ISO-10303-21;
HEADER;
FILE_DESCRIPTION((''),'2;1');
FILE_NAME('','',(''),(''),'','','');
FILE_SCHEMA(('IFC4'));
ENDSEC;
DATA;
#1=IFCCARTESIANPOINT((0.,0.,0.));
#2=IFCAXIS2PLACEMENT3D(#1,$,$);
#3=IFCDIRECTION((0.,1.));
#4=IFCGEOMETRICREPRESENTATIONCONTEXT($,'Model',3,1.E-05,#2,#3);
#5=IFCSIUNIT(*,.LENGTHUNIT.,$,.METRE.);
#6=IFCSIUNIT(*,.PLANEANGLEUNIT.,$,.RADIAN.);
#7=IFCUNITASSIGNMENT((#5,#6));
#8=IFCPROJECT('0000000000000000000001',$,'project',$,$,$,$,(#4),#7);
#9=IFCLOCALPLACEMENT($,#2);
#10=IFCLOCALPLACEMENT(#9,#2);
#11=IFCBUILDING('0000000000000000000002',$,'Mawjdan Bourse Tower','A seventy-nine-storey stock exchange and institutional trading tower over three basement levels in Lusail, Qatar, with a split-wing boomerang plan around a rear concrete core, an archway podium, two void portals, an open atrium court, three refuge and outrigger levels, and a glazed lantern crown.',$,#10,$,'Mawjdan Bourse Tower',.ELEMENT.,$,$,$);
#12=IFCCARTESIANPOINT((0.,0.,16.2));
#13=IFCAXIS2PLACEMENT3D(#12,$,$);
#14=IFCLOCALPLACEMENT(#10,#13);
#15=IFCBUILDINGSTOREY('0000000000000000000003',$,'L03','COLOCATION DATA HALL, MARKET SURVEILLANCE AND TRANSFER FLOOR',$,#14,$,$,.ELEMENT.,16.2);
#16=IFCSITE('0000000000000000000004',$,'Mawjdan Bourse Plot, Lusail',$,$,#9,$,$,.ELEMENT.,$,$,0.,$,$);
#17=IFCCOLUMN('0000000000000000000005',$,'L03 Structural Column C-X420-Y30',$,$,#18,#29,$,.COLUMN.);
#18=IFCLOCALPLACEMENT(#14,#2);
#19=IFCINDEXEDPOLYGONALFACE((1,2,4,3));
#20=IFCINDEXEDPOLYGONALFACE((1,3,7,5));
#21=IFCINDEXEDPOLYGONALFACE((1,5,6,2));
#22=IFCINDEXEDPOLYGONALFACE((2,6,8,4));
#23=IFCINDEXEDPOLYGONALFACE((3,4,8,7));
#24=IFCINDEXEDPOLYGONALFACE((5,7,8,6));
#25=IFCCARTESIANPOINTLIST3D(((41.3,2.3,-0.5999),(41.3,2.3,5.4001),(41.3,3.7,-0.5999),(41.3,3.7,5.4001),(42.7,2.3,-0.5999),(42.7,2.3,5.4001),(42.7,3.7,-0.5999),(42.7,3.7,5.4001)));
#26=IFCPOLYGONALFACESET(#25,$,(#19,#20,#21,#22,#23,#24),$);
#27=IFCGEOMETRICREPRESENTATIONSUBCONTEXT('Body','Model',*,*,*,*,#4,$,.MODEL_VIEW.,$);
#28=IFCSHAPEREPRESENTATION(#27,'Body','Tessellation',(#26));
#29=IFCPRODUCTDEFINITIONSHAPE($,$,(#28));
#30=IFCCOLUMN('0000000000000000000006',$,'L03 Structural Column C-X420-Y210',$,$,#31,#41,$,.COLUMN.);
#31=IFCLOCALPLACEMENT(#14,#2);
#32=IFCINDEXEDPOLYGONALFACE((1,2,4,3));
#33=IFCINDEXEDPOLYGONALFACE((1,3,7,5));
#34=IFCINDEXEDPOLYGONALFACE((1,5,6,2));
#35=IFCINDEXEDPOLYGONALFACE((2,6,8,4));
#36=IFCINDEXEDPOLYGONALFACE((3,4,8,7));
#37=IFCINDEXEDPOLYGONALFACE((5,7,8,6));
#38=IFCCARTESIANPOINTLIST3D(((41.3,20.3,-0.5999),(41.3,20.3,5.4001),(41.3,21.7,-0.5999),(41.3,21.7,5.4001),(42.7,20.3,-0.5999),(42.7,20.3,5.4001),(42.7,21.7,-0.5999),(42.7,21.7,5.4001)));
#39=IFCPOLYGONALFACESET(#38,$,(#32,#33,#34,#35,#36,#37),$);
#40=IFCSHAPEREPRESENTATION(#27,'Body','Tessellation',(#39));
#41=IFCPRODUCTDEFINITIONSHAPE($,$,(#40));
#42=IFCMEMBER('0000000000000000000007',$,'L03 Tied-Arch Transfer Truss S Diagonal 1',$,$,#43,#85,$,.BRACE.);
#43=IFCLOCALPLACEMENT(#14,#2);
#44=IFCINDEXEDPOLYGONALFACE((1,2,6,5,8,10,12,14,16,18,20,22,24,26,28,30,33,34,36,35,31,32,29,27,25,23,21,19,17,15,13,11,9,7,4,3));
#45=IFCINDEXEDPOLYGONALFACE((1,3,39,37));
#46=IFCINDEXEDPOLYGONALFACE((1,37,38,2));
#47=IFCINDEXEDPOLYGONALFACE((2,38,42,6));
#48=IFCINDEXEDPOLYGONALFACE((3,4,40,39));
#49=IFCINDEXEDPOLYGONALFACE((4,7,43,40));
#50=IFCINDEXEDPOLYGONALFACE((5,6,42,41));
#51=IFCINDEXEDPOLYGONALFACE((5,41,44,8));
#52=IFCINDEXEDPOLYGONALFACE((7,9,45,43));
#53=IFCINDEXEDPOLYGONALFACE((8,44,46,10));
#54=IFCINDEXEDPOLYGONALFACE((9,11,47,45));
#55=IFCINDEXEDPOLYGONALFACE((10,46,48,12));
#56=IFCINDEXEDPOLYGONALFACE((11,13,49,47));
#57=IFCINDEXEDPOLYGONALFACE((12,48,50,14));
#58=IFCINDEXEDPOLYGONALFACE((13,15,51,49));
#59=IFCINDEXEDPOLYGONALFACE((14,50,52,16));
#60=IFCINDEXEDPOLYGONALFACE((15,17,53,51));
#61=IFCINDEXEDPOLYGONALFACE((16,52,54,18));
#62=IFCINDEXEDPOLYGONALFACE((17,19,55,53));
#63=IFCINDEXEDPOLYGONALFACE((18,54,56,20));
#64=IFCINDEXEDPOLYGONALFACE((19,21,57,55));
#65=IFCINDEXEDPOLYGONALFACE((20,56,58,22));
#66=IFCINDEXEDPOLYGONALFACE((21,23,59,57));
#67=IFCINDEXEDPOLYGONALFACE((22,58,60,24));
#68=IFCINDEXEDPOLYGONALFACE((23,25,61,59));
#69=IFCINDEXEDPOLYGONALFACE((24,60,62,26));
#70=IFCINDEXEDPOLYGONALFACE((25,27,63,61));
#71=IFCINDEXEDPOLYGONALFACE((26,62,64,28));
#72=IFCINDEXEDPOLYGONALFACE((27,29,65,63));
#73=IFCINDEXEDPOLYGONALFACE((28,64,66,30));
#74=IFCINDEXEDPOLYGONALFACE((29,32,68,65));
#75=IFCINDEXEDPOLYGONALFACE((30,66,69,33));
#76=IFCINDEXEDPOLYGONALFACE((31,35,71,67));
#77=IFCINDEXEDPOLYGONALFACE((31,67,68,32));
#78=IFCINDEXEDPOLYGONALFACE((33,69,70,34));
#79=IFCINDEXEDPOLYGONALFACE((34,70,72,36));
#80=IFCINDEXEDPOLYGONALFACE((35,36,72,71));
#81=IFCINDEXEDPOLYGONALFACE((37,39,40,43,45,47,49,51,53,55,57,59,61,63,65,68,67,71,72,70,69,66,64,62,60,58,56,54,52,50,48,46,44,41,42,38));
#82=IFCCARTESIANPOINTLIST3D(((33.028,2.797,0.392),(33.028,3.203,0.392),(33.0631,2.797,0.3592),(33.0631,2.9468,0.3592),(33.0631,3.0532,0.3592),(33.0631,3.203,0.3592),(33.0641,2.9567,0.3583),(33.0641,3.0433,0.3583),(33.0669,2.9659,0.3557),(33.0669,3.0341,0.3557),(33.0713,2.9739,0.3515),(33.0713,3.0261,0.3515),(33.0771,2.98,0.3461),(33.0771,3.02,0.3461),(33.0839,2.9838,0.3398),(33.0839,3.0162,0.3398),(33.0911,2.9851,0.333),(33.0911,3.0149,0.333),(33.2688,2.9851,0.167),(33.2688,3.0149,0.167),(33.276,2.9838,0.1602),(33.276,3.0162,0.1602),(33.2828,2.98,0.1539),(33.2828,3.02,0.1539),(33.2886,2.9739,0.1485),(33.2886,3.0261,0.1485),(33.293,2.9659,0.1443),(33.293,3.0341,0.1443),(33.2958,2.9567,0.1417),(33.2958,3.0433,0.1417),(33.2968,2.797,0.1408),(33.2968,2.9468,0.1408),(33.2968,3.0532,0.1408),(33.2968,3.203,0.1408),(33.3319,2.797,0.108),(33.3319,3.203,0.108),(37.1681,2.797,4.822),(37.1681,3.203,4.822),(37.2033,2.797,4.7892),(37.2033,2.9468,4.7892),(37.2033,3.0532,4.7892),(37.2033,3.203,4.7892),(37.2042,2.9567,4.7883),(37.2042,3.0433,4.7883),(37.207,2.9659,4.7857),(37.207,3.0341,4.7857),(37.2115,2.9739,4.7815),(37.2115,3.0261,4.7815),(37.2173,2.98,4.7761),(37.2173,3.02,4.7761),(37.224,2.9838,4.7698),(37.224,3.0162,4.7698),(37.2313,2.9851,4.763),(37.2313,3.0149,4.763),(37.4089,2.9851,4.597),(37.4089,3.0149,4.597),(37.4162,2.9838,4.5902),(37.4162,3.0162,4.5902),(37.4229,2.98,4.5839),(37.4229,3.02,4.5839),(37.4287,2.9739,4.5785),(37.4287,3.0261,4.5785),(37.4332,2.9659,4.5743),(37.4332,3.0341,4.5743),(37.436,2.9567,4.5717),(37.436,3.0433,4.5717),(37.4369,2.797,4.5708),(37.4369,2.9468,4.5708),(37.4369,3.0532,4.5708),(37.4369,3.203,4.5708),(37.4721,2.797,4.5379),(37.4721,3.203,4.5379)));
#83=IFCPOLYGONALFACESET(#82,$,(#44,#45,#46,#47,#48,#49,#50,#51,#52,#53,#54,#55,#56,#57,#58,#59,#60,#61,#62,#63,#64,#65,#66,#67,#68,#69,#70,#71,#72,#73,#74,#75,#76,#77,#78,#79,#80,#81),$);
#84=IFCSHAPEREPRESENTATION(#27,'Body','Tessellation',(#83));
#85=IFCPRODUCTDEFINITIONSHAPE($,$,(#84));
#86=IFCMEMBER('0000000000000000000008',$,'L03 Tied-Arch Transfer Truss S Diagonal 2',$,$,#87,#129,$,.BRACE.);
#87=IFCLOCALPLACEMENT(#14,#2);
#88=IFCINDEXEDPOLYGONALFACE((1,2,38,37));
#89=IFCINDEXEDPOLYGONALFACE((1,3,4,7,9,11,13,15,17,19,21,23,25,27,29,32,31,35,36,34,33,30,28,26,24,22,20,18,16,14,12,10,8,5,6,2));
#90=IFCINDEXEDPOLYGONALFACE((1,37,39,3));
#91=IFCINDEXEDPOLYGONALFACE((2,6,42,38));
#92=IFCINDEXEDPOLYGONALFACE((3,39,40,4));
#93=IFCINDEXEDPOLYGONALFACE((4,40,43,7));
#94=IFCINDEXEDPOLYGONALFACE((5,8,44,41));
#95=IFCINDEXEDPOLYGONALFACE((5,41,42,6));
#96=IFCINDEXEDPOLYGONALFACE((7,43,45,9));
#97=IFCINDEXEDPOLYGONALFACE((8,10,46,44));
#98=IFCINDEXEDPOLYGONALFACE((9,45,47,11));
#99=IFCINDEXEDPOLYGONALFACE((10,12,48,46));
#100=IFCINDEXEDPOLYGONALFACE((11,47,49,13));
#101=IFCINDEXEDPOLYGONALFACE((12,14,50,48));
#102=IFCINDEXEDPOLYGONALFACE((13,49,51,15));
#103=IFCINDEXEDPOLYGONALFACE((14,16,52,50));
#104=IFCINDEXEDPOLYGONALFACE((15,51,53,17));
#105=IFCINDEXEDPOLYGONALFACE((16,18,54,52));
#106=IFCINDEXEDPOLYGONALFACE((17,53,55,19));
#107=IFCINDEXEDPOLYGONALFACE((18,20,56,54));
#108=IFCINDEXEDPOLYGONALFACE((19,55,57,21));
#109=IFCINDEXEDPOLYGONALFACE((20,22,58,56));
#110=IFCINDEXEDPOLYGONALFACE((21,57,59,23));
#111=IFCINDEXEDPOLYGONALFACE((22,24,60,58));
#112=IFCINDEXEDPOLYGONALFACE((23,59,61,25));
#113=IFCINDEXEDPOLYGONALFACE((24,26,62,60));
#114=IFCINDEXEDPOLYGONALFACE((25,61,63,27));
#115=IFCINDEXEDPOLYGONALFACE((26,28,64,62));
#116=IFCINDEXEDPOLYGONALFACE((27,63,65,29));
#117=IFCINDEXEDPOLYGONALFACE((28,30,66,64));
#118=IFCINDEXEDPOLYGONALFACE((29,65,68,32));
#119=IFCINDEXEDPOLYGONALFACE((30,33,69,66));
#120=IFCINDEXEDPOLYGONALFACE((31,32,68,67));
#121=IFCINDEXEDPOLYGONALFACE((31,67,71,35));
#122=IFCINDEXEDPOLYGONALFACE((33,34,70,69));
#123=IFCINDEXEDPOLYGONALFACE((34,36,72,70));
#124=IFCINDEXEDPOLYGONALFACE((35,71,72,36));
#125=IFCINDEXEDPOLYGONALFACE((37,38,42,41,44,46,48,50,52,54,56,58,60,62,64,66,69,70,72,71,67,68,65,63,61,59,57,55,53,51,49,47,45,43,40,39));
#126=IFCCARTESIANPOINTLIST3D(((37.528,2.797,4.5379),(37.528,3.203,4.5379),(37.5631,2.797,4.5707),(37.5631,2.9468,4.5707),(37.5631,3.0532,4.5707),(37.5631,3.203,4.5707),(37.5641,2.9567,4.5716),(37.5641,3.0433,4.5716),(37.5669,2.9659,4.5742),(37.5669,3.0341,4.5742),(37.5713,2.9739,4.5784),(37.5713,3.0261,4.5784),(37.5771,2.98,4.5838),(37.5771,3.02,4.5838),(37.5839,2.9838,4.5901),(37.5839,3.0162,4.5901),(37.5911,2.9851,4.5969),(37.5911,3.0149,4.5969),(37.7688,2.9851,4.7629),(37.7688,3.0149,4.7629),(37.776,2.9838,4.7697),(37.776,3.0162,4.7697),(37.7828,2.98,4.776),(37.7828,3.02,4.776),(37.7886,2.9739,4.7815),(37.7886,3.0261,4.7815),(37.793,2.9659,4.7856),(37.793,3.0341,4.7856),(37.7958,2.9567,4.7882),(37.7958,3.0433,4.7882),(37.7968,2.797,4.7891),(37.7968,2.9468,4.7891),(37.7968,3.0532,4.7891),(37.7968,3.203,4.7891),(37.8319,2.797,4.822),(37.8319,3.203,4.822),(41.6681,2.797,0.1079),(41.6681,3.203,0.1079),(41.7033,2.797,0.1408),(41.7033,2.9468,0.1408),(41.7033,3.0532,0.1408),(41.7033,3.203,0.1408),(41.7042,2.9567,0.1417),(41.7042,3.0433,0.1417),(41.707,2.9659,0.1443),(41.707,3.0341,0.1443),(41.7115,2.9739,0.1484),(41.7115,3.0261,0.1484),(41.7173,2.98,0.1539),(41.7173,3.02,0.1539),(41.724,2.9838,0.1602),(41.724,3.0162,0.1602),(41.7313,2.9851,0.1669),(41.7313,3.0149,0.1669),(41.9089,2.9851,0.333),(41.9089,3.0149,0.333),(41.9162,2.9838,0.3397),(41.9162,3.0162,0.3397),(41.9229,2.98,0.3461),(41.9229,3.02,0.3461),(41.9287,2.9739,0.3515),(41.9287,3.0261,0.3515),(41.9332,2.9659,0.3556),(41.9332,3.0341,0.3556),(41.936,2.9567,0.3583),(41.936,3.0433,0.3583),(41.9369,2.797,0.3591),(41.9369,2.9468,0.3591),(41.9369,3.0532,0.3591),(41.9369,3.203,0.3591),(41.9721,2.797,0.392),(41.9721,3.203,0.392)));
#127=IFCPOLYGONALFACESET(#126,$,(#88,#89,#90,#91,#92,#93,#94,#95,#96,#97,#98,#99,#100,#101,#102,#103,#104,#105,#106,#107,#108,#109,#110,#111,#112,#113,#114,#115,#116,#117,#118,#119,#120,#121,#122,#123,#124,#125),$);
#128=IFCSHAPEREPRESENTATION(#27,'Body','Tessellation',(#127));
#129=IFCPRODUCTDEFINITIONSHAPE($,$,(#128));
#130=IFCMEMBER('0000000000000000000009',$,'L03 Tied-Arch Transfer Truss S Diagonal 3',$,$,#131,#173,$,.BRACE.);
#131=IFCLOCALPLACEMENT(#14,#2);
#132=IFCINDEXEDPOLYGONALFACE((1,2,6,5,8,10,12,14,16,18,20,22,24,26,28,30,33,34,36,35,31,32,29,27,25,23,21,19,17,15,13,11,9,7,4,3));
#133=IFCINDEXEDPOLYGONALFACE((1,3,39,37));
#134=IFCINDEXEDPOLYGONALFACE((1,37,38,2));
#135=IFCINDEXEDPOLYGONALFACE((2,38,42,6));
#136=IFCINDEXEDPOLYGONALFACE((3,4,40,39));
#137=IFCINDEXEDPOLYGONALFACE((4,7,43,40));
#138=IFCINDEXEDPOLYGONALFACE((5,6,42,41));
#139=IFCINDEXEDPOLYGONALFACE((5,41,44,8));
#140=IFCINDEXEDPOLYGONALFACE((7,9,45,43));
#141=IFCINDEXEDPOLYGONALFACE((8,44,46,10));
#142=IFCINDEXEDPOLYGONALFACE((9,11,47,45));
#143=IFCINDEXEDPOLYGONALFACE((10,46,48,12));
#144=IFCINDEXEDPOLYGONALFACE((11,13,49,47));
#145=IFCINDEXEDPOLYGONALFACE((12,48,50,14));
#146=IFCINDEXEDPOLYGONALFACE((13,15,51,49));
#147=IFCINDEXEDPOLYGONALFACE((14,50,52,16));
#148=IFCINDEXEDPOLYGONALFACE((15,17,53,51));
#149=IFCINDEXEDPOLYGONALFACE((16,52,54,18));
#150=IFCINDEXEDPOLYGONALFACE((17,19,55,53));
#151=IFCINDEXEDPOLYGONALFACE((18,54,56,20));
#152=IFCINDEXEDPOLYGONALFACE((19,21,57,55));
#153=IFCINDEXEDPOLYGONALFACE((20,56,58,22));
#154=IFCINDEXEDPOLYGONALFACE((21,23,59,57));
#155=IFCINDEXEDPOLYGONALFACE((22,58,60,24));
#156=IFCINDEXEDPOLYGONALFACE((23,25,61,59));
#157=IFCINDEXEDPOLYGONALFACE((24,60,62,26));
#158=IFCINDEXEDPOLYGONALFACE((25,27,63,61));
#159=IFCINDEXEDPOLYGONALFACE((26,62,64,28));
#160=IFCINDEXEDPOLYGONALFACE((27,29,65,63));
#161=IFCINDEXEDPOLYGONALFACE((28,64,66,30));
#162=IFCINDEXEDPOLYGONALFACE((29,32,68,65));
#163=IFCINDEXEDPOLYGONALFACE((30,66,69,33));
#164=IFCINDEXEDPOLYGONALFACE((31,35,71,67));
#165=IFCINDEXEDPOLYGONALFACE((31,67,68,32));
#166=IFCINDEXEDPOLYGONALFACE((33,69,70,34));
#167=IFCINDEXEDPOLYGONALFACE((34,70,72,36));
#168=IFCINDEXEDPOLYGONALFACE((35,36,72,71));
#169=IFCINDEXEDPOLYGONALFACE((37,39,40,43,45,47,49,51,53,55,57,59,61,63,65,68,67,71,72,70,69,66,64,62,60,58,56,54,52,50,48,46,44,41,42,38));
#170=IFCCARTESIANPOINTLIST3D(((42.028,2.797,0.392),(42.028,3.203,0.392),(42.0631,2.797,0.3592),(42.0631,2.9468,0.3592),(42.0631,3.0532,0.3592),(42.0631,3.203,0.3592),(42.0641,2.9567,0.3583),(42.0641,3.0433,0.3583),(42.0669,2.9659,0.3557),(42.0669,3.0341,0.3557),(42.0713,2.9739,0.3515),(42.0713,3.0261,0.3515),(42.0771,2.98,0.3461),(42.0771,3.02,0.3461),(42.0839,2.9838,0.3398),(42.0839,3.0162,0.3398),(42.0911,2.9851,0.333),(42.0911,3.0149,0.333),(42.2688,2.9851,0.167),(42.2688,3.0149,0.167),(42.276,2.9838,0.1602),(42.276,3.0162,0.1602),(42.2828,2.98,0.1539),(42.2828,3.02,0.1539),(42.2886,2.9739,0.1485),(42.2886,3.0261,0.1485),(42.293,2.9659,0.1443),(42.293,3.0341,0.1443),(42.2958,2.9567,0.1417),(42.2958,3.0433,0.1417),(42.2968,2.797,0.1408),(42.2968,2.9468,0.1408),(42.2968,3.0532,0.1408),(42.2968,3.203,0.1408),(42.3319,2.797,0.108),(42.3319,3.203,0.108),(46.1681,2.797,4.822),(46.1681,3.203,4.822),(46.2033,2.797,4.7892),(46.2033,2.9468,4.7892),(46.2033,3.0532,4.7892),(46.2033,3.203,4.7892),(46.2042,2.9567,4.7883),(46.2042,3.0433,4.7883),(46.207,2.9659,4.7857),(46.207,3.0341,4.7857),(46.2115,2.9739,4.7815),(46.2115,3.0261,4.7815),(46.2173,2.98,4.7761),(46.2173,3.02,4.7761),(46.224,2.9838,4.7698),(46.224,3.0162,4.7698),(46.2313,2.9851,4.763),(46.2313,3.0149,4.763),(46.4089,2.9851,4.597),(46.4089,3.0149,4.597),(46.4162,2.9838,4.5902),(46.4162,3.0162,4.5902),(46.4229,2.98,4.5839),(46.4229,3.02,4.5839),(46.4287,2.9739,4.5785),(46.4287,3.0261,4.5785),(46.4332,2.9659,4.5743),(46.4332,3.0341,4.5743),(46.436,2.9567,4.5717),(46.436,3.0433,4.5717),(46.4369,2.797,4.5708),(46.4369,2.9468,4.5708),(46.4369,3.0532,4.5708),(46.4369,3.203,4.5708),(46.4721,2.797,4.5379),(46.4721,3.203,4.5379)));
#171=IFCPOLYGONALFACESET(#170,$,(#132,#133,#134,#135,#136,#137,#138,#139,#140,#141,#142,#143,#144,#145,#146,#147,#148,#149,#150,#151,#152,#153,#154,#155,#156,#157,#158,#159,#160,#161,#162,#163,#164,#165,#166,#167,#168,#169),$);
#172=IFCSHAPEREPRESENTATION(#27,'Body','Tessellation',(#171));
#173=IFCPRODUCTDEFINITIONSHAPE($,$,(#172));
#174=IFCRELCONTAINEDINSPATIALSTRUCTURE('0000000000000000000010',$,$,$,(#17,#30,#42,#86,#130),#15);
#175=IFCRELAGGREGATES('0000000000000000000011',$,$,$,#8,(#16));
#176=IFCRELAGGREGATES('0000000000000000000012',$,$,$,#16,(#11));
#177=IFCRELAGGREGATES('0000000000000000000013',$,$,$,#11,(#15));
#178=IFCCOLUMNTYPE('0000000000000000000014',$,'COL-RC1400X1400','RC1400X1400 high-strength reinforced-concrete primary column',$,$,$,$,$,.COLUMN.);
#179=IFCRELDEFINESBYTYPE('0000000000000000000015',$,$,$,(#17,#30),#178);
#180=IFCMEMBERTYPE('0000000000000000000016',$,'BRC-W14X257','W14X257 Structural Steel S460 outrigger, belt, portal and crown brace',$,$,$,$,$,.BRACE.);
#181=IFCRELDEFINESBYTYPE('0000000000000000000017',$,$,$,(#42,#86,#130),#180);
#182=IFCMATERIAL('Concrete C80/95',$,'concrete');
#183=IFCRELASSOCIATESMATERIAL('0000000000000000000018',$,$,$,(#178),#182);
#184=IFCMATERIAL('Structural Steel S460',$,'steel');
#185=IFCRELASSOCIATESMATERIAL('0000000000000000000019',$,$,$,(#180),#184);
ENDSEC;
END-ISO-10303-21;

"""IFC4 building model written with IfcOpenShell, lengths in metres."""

from ifc_helpers import new_model, si_unit, direction, frame, origin, origin_2d, place, context, subcontext, project, spatial, rectangle, i_section, extrude, material, material_profile, profile_set, type_object, element, save


model = new_model("IFC4")

# Units and contexts
model_context = context("Model", 3, precision=1e-05, world=origin(), true_north=direction((0.0, 1.0)))
body_context = subcontext(model_context, "Body", "Model", "MODEL_VIEW")
ifc_project = project(units=[si_unit("LENGTHUNIT", "METRE"), si_unit("PLANEANGLEUNIT", "RADIAN")], contexts=[model_context])

# Site, building, storey
site_placement = place(None, origin())
site = spatial("IfcSite", under=ifc_project, at=site_placement, Name="Mawjdan Bourse Plot, Lusail", CompositionType="ELEMENT", RefElevation=0.0)
building_placement = place(site_placement, origin())
building = spatial("IfcBuilding", under=site, at=building_placement, Name="Mawjdan Bourse Tower", Description="A seventy-nine-storey stock exchange and institutional trading tower over three basement levels in Lusail, Qatar, with a split-wing boomerang plan around a rear concrete core, an archway podium, two void portals, an open atrium court, three refuge and outrigger levels, and a glazed lantern crown.", LongName="Mawjdan Bourse Tower", CompositionType="ELEMENT")
storey_placement = place(building_placement, frame((0.0, 0.0, 16.2)))
storey = spatial("IfcBuildingStorey", under=building, at=storey_placement, Name="L03", Description="COLOCATION DATA HALL, MARKET SURVEILLANCE AND TRANSFER FLOOR", CompositionType="ELEMENT", Elevation=16.2)

# Columns
ifc_material_1 = material(Name="Concrete C80/95", Category="concrete")
ifc_material_profile_1 = material_profile(ifc_material_1, rectangle(XDim=1.3999, YDim=1.3999, at=origin_2d()), Name="RC1400X1400")
ifc_profile_set_1 = profile_set([ifc_material_profile_1], Name="Concrete C80/95")
column_type = type_object("IfcColumnType", Name="COL-RC1400X1400", Description="RC1400X1400 high-strength reinforced-concrete primary column", PredefinedType="COLUMN", material=ifc_profile_set_1)
for number, where, z_axis, x_axis, name in (
    (1, (42.0, 3.0, -0.5999), (0.0, 0.0, 1.0), (1.0, 0.0, 0.0), "L03 Structural Column C-X420-Y30"),
    (2, (42.0, 21.0, -0.5999), (0.0, 0.0, 1.0), (1.0, 0.0, 0.0), "L03 Structural Column C-X420-Y210"),
):
    element("IfcColumn", number, at=place(storey_placement, frame(where, z_axis=z_axis, x_axis=x_axis)), inside=storey, type_object=column_type, Name=name, PredefinedType="COLUMN", context=body_context, shape_type="SweptSolid", body=[
        extrude(rectangle(XDim=1.3999, YDim=1.3999, at=origin_2d()), origin(), (0.0, 0.0, 1.0), 6.0),
    ])

# Members
ifc_material_2 = material(Name="Structural Steel S460", Category="steel")
ifc_material_profile_2 = material_profile(ifc_material_2, i_section(OverallWidth=0.406, OverallDepth=0.416, WebThickness=0.0298, FlangeThickness=0.0481, FilletRadius=0.0383, at=origin_2d()), Name="W14X257")
ifc_profile_set_2 = profile_set([ifc_material_profile_2], Name="Structural Steel S460")
member_type = type_object("IfcMemberType", Name="BRC-W14X257", Description="W14X257 Structural Steel S460 outrigger, belt, portal and crown brace", PredefinedType="BRACE", material=ifc_profile_set_2)
for number, where, z_axis, x_axis, name in (
    (3, (33.1799, 3.0, 0.25), (0.682806, 0.0, 0.7306), (0.0, 1.0, 0.0), "L03 Tied-Arch Transfer Truss S Diagonal 1"),
    (4, (37.6799, 3.0, 4.6799), (0.682806, 0.0, -0.7306), (0.0, 1.0, 0.0), "L03 Tied-Arch Transfer Truss S Diagonal 2"),
    (5, (42.1799, 3.0, 0.25), (0.682806, 0.0, 0.7306), (0.0, 1.0, 0.0), "L03 Tied-Arch Transfer Truss S Diagonal 3"),
):
    element("IfcMember", number, at=place(storey_placement, frame(where, z_axis=z_axis, x_axis=x_axis)), inside=storey, type_object=member_type, Name=name, PredefinedType="BRACE", context=body_context, shape_type="SweptSolid", body=[
        extrude(i_section(OverallWidth=0.406, OverallDepth=0.416, WebThickness=0.0298, FlangeThickness=0.0481, FilletRadius=0.0383, at=origin_2d()), origin(), (0.0, 0.0, 1.0), 6.0635),
    ])

save(model, "model.ifc")
